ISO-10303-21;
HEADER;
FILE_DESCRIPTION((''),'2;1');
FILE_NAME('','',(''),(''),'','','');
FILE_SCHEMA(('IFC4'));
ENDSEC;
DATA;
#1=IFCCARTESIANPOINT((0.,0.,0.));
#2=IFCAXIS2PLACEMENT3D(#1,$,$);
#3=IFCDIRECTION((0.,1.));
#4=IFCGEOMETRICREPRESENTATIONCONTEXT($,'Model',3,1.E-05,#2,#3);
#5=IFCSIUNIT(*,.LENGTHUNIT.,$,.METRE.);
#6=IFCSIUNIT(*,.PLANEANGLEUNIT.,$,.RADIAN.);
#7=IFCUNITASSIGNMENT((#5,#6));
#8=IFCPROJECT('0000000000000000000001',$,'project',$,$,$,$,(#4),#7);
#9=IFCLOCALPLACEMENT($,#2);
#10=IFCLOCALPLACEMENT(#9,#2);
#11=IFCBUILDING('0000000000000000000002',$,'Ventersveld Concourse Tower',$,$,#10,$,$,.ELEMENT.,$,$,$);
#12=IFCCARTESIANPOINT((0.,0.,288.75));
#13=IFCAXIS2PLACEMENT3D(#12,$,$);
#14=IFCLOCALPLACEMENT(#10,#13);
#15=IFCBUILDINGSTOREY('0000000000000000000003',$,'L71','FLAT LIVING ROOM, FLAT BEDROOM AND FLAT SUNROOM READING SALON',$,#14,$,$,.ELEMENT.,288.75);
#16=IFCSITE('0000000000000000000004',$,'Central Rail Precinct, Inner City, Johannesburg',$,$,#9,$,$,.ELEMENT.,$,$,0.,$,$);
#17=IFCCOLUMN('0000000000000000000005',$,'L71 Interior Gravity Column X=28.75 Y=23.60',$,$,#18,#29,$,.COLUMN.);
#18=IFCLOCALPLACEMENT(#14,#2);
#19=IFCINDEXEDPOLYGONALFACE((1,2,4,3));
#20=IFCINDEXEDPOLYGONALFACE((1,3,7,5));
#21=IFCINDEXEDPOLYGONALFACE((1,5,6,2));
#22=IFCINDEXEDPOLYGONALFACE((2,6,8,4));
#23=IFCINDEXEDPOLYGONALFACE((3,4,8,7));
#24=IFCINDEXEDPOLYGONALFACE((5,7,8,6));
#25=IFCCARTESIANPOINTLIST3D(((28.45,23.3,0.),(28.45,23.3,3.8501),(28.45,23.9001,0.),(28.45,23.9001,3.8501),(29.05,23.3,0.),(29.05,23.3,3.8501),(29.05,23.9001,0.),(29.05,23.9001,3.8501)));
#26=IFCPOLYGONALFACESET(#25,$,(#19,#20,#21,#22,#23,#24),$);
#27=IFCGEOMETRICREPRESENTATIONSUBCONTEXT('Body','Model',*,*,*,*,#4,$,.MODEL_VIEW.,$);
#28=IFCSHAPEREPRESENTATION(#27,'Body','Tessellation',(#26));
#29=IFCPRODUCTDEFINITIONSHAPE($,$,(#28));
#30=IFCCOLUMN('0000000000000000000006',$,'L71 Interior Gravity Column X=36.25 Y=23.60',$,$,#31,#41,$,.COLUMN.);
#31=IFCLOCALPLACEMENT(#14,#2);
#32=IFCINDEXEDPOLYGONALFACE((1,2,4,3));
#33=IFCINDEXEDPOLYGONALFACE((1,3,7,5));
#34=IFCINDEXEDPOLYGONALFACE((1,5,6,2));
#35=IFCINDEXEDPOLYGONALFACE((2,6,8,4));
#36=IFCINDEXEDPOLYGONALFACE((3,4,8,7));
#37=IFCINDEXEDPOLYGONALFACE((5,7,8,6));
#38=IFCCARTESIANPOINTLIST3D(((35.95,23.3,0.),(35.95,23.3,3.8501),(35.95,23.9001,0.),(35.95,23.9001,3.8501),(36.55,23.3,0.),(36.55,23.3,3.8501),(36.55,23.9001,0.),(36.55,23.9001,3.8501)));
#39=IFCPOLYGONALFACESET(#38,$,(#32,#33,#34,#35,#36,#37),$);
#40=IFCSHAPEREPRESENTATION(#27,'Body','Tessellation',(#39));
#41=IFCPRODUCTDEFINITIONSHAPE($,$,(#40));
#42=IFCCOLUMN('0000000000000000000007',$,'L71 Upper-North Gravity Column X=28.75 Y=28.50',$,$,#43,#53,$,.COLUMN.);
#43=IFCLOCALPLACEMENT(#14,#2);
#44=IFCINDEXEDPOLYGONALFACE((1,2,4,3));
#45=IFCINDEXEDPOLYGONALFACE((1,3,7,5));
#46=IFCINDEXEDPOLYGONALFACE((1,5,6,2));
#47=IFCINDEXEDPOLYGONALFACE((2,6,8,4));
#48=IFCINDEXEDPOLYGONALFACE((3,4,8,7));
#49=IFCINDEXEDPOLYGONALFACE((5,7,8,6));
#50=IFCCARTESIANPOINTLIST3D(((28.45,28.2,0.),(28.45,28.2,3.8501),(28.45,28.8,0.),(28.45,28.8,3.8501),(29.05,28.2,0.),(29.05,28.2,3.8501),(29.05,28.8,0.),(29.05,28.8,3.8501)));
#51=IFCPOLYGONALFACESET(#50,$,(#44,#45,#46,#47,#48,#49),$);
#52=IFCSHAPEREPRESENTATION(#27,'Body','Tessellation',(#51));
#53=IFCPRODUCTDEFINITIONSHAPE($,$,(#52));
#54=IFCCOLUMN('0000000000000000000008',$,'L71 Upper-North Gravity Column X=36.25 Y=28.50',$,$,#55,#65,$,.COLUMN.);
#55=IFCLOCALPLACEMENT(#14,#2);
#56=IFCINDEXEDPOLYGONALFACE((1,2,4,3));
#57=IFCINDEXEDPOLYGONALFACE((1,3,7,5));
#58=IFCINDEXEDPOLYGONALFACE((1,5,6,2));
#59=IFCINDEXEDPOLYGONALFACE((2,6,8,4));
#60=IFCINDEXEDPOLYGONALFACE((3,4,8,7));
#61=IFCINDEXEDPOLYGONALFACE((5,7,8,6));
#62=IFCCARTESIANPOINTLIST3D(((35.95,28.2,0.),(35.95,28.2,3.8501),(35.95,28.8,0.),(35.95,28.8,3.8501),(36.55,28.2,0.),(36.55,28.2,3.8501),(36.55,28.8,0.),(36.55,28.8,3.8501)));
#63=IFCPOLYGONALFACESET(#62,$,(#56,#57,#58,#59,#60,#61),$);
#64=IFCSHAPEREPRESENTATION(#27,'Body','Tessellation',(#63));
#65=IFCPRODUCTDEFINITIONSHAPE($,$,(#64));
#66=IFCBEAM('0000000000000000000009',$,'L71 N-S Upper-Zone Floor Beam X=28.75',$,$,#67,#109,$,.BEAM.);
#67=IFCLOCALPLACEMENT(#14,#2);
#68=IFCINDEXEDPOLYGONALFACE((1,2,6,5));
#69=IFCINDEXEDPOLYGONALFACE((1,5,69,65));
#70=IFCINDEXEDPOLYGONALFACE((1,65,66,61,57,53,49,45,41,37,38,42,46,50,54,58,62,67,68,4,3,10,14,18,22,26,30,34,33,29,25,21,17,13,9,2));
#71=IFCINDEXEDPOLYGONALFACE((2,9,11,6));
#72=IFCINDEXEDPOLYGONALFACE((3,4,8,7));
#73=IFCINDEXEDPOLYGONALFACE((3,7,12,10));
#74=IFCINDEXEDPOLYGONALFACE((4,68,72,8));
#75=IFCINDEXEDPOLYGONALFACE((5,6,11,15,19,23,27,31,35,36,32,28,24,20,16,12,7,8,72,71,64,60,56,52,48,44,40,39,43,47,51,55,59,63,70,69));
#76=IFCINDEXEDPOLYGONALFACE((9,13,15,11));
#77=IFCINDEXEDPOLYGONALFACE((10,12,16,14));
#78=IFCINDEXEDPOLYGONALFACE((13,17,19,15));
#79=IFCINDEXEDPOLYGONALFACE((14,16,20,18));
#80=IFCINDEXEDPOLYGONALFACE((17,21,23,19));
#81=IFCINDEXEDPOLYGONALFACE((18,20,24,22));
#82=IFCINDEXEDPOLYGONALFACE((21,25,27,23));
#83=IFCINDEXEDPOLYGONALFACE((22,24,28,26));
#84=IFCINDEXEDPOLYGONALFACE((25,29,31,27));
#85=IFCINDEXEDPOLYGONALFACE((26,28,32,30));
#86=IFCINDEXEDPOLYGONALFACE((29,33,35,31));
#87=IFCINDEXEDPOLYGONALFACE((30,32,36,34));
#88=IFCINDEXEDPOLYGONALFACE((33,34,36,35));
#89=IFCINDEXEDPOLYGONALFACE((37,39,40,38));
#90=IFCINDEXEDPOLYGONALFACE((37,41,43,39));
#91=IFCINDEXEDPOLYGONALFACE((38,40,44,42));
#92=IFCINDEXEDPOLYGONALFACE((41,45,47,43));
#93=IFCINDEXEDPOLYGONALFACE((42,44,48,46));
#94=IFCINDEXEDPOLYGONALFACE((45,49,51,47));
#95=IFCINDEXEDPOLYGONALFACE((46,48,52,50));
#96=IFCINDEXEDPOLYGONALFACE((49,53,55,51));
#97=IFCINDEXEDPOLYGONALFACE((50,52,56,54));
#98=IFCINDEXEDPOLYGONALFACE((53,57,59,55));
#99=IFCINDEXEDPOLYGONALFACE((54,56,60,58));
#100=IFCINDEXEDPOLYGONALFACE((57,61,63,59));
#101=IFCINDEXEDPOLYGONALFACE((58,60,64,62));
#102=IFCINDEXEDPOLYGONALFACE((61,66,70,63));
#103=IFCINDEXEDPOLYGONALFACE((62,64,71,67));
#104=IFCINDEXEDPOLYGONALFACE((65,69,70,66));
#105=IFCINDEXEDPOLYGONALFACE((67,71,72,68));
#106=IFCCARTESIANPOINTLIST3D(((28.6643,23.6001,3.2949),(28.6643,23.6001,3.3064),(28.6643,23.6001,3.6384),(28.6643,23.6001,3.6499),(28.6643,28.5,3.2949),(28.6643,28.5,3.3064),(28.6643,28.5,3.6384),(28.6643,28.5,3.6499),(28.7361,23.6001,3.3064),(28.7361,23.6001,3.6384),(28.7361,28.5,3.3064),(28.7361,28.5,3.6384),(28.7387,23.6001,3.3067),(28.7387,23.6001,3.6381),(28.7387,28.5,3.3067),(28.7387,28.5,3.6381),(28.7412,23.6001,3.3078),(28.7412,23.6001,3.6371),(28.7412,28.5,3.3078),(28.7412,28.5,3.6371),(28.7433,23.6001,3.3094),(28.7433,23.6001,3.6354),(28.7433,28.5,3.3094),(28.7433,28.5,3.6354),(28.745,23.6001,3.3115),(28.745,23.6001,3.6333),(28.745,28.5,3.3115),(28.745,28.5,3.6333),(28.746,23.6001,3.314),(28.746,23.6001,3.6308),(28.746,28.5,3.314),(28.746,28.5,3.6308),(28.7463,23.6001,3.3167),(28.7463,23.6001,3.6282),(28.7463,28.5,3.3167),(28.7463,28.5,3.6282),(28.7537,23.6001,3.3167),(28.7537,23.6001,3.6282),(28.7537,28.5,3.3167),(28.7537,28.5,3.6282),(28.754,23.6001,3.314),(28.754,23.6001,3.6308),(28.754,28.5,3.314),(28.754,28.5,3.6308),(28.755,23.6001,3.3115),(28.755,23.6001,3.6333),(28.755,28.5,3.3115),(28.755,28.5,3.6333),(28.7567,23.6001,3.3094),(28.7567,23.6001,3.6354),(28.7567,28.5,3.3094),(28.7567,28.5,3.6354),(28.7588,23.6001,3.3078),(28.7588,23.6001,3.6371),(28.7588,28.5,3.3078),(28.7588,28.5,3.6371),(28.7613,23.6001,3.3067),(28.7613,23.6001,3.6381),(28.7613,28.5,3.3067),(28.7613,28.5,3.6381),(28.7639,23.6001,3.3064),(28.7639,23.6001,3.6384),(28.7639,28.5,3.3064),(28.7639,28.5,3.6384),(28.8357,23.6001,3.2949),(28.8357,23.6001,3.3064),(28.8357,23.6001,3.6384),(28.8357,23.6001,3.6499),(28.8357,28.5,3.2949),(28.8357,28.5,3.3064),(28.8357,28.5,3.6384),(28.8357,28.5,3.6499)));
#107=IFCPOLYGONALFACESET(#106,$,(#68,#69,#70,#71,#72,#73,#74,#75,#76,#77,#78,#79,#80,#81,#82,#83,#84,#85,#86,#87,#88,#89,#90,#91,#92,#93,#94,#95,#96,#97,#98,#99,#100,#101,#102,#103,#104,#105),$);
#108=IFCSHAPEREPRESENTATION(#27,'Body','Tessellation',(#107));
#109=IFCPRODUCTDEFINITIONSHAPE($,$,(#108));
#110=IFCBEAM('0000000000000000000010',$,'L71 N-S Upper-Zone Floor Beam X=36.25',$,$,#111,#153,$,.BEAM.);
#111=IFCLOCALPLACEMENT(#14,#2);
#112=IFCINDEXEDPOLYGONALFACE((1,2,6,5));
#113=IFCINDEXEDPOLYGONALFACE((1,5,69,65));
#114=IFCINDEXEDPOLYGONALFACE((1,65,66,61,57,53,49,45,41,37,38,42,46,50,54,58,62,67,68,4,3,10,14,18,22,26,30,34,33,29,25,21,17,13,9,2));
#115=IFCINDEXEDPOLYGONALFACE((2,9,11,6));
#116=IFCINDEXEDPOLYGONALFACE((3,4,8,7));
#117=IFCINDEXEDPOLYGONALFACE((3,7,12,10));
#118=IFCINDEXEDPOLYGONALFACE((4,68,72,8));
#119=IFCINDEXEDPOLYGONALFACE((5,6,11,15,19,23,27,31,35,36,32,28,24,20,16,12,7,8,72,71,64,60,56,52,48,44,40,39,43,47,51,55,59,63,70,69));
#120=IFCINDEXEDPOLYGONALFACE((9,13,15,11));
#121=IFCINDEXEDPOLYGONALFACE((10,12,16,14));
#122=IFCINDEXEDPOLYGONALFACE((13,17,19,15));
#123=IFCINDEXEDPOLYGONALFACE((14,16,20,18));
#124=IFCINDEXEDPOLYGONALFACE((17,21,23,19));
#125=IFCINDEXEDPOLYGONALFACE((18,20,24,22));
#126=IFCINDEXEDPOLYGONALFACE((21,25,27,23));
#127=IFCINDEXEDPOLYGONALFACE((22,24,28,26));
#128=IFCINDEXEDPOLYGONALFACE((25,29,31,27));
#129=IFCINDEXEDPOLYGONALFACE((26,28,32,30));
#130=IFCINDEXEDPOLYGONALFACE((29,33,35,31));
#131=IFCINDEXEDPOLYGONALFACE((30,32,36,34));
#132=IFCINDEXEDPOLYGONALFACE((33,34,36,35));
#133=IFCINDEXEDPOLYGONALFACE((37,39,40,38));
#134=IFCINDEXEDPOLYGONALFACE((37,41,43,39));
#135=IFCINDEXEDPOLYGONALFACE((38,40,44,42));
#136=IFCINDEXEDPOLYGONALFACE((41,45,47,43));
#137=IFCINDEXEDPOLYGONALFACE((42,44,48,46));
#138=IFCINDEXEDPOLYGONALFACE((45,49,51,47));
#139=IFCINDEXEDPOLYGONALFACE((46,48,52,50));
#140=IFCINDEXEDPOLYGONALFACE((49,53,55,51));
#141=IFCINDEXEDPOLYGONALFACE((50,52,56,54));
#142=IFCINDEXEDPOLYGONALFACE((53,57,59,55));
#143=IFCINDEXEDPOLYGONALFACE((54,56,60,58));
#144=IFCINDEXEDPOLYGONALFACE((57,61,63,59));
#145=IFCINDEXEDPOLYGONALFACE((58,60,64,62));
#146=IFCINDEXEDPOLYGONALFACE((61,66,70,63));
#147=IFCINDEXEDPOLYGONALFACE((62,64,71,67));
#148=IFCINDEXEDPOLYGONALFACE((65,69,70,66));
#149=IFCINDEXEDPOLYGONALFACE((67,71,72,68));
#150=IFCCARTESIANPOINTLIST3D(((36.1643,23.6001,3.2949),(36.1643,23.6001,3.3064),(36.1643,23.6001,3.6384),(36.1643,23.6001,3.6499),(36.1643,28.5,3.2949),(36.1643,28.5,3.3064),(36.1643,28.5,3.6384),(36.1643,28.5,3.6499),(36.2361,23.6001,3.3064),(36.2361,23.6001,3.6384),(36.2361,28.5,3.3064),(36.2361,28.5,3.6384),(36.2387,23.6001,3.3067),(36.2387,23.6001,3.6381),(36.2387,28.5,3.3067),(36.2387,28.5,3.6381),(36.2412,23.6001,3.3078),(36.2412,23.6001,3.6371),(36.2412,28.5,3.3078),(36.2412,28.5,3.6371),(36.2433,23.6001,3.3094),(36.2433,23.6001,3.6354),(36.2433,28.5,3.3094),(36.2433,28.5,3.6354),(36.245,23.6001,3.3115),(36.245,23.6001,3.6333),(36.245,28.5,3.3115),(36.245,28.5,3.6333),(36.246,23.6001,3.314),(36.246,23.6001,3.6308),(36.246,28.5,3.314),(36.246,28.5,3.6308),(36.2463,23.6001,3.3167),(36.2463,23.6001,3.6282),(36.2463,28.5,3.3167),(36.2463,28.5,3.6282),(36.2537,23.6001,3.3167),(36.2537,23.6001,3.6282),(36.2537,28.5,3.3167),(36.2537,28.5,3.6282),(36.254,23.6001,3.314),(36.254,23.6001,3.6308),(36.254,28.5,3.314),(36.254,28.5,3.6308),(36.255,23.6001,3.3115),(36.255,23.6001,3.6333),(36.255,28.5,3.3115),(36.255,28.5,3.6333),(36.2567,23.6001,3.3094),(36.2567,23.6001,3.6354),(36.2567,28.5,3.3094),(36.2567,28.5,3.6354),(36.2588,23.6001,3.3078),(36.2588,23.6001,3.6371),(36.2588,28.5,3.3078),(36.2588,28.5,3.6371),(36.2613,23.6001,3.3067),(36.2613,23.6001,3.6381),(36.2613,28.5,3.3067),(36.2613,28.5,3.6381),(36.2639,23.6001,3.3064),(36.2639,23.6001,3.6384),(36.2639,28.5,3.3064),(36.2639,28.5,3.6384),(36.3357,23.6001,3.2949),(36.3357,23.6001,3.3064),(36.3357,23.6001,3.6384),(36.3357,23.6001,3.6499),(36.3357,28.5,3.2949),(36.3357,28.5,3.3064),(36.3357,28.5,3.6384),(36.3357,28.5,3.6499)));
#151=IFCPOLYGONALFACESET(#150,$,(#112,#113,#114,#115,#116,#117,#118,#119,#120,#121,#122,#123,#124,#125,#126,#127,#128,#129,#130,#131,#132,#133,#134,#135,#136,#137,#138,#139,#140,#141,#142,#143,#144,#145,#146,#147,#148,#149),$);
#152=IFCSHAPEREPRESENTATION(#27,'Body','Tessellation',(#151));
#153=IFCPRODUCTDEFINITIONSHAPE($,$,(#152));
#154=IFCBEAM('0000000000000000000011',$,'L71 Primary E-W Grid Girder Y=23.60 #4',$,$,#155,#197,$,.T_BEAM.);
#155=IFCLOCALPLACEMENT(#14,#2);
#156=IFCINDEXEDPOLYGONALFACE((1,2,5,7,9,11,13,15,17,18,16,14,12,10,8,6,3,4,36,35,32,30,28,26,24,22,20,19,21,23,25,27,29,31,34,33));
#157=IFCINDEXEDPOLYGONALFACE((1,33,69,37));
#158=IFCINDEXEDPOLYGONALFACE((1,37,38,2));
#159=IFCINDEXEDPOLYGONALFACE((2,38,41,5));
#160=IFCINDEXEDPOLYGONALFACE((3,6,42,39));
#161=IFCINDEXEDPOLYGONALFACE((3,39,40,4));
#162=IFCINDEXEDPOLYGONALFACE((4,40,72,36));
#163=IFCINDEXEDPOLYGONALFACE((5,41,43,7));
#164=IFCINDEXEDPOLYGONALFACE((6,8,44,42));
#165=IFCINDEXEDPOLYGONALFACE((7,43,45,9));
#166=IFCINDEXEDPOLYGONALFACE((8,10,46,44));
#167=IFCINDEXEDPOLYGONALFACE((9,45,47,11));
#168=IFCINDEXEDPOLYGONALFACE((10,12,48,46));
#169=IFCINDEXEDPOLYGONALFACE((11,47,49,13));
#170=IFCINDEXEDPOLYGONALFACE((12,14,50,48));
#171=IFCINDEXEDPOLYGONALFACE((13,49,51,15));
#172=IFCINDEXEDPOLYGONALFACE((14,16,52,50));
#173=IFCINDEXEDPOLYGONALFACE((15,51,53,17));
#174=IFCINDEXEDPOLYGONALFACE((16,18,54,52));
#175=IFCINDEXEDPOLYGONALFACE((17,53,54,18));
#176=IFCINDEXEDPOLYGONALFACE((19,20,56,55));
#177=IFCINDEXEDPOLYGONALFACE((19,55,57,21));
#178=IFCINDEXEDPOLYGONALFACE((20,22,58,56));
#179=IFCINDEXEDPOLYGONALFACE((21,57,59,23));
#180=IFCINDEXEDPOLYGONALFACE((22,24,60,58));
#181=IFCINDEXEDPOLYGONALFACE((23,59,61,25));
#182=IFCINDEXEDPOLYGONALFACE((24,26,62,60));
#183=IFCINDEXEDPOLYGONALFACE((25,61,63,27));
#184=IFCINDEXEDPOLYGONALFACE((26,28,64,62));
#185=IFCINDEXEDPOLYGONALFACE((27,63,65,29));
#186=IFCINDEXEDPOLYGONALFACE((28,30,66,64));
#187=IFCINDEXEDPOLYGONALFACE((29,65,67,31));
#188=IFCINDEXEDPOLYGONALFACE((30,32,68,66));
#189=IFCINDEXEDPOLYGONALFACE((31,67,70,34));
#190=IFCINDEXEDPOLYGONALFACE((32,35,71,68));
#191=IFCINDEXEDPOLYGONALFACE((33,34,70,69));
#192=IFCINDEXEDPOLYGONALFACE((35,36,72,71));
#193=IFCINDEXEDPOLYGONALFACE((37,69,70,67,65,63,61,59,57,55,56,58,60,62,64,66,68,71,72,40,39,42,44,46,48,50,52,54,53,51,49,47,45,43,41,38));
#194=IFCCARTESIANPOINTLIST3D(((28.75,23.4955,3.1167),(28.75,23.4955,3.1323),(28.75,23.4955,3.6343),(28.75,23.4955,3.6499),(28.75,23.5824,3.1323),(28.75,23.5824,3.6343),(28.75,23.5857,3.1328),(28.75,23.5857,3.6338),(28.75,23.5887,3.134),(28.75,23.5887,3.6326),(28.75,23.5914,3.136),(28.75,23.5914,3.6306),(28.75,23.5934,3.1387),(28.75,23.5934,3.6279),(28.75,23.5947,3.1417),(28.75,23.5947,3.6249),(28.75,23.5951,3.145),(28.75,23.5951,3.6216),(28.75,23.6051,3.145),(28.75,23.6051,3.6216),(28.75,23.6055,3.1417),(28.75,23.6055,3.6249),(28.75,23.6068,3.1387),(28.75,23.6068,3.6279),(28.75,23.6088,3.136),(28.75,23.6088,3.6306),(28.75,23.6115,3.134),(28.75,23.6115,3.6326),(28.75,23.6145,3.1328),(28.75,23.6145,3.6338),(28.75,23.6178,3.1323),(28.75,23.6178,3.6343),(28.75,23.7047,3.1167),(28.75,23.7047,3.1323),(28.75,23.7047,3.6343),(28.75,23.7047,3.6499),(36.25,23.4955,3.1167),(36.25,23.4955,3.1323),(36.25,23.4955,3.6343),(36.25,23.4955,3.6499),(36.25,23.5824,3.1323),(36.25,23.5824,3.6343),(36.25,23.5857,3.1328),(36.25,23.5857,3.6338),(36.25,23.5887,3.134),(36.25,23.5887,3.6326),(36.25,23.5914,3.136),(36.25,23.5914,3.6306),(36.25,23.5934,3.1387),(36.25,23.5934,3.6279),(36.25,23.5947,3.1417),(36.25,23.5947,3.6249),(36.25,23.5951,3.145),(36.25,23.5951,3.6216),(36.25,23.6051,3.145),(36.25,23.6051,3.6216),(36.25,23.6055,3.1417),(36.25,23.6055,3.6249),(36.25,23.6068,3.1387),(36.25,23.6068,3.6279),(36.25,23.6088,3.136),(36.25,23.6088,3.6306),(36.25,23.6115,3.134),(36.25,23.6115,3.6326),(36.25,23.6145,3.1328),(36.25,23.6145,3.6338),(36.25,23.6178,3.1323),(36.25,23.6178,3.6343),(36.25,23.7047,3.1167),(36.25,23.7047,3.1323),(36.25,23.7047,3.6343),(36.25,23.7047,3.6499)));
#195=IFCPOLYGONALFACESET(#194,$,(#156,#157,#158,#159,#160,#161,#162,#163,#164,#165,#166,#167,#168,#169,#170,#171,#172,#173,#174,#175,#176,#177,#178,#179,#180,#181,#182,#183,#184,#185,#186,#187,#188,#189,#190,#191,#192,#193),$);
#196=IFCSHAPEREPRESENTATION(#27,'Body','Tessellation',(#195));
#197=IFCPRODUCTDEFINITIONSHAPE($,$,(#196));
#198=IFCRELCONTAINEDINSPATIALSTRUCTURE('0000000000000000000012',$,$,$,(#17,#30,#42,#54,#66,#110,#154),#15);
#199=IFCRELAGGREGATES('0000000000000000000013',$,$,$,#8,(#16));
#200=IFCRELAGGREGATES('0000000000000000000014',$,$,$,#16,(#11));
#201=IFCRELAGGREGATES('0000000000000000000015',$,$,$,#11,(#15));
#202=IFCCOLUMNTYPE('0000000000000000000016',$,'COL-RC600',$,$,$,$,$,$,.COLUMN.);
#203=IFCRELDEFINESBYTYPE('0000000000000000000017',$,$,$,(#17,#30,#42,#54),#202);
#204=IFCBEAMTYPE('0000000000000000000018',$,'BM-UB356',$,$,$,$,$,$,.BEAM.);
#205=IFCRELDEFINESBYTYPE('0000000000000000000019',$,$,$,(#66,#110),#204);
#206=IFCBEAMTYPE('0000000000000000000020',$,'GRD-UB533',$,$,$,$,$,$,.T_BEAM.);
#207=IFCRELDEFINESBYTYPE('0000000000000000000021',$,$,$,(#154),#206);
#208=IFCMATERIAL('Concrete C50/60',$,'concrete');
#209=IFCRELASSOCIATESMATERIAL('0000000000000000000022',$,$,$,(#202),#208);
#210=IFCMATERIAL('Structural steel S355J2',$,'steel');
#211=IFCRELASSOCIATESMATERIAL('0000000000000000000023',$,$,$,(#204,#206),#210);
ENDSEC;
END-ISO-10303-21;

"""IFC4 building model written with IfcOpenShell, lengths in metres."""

from ifc_helpers import new_model, si_unit, direction, frame, origin, origin_2d, place, context, subcontext, project, spatial, rectangle, i_section, extrude, material, material_profile, profile_set, type_object, element, save


model = new_model("IFC4")

# Units and contexts
model_context = context("Model", 3, precision=1e-05, world=origin(), true_north=direction((0.0, 1.0)))
body_context = subcontext(model_context, "Body", "Model", "MODEL_VIEW")
ifc_project = project(units=[si_unit("LENGTHUNIT", "METRE"), si_unit("PLANEANGLEUNIT", "RADIAN")], contexts=[model_context])

# Site, building, storey
site_placement = place(None, origin())
site = spatial("IfcSite", under=ifc_project, at=site_placement, Name="Central Rail Precinct, Inner City, Johannesburg", CompositionType="ELEMENT", RefElevation=0.0)
building_placement = place(site_placement, origin())
building = spatial("IfcBuilding", under=site, at=building_placement, Name="Ventersveld Concourse Tower", CompositionType="ELEMENT")
storey_placement = place(building_placement, frame((0.0, 0.0, 288.75)))
storey = spatial("IfcBuildingStorey", under=building, at=storey_placement, Name="L71", Description="FLAT LIVING ROOM, FLAT BEDROOM AND FLAT SUNROOM READING SALON", CompositionType="ELEMENT", Elevation=288.75)

# Columns
ifc_material_1 = material(Name="Concrete C50/60", Category="concrete")
ifc_material_profile_1 = material_profile(ifc_material_1, rectangle(XDim=0.6001, YDim=0.6001, at=origin_2d()), Name="RC 600x600")
ifc_profile_set_1 = profile_set([ifc_material_profile_1], Name="Concrete C50/60")
column_type = type_object("IfcColumnType", Name="COL-RC600", PredefinedType="COLUMN", material=ifc_profile_set_1)
for number, where, z_axis, x_axis, name in (
    (1, (28.75, 23.6001, 0.0), (0.0, 0.0, 1.0), (1.0, 0.0, 0.0), "L71 Interior Gravity Column X=28.75 Y=23.60"),
    (2, (36.25, 23.6001, 0.0), (0.0, 0.0, 1.0), (1.0, 0.0, 0.0), "L71 Interior Gravity Column X=36.25 Y=23.60"),
    (3, (28.75, 28.5, 0.0), (0.0, 0.0, 1.0), (1.0, 0.0, 0.0), "L71 Upper-North Gravity Column X=28.75 Y=28.50"),
    (4, (36.25, 28.5, 0.0), (0.0, 0.0, 1.0), (1.0, 0.0, 0.0), "L71 Upper-North Gravity Column X=36.25 Y=28.50"),
):
    element("IfcColumn", number, at=place(storey_placement, frame(where, z_axis=z_axis, x_axis=x_axis)), inside=storey, type_object=column_type, Name=name, PredefinedType="COLUMN", context=body_context, shape_type="SweptSolid", body=[
        extrude(rectangle(XDim=0.6001, YDim=0.6001, at=origin_2d()), origin(), (0.0, 0.0, 1.0), 3.8501),
    ])

# Beams
ifc_material_2 = material(Name="Structural steel S355J2", Category="steel")
ifc_material_profile_2 = material_profile(ifc_material_2, i_section(OverallWidth=0.1714, OverallDepth=0.355, WebThickness=0.0073, FlangeThickness=0.0115, FilletRadius=0.0103, at=origin_2d()), Name="UB 356x171x51")
ifc_profile_set_2 = profile_set([ifc_material_profile_2], Name="Structural steel S355J2")
beam_type_1 = type_object("IfcBeamType", Name="BM-UB356", PredefinedType="BEAM", material=ifc_profile_set_2)
for number, where, z_axis, x_axis, name in (
    (5, (28.75, 23.6001, 3.4724), (0.0, 1.0, 0.0), (-1.0, 0.0, 0.0), "L71 N-S Upper-Zone Floor Beam X=28.75"),
    (6, (36.25, 23.6001, 3.4724), (0.0, 1.0, 0.0), (-1.0, 0.0, 0.0), "L71 N-S Upper-Zone Floor Beam X=36.25"),
):
    element("IfcBeam", number, at=place(storey_placement, frame(where, z_axis=z_axis, x_axis=x_axis)), inside=storey, type_object=beam_type_1, Name=name, PredefinedType="BEAM", context=body_context, shape_type="SweptSolid", body=[
        extrude(i_section(OverallWidth=0.1714, OverallDepth=0.355, WebThickness=0.0073, FlangeThickness=0.0115, FilletRadius=0.0103, at=origin_2d()), origin(), (0.0, 0.0, 1.0), 4.8999),
    ])
ifc_material_profile_3 = material_profile(ifc_material_2, i_section(OverallWidth=0.2092, OverallDepth=0.5332, WebThickness=0.01, FlangeThickness=0.0156, FilletRadius=0.0127, at=origin_2d()), Name="UB 533x210x92")
ifc_profile_set_3 = profile_set([ifc_material_profile_3], Name="Structural steel S355J2")
beam_type_2 = type_object("IfcBeamType", Name="GRD-UB533", PredefinedType="T_BEAM", material=ifc_profile_set_3)
for number, where, z_axis, x_axis, name in (
    (7, (28.75, 23.6001, 3.3833), (1.0, 0.0, 0.0), (0.0, 1.0, 0.0), "L71 Primary E-W Grid Girder Y=23.60 #4"),
):
    element("IfcBeam", number, at=place(storey_placement, frame(where, z_axis=z_axis, x_axis=x_axis)), inside=storey, type_object=beam_type_2, Name=name, PredefinedType="T_BEAM", context=body_context, shape_type="SweptSolid", body=[
        extrude(i_section(OverallWidth=0.2092, OverallDepth=0.5332, WebThickness=0.01, FlangeThickness=0.0156, FilletRadius=0.0127, at=origin_2d()), origin(), (0.0, 0.0, 1.0), 7.5),
    ])

save(model, "model.ifc")
